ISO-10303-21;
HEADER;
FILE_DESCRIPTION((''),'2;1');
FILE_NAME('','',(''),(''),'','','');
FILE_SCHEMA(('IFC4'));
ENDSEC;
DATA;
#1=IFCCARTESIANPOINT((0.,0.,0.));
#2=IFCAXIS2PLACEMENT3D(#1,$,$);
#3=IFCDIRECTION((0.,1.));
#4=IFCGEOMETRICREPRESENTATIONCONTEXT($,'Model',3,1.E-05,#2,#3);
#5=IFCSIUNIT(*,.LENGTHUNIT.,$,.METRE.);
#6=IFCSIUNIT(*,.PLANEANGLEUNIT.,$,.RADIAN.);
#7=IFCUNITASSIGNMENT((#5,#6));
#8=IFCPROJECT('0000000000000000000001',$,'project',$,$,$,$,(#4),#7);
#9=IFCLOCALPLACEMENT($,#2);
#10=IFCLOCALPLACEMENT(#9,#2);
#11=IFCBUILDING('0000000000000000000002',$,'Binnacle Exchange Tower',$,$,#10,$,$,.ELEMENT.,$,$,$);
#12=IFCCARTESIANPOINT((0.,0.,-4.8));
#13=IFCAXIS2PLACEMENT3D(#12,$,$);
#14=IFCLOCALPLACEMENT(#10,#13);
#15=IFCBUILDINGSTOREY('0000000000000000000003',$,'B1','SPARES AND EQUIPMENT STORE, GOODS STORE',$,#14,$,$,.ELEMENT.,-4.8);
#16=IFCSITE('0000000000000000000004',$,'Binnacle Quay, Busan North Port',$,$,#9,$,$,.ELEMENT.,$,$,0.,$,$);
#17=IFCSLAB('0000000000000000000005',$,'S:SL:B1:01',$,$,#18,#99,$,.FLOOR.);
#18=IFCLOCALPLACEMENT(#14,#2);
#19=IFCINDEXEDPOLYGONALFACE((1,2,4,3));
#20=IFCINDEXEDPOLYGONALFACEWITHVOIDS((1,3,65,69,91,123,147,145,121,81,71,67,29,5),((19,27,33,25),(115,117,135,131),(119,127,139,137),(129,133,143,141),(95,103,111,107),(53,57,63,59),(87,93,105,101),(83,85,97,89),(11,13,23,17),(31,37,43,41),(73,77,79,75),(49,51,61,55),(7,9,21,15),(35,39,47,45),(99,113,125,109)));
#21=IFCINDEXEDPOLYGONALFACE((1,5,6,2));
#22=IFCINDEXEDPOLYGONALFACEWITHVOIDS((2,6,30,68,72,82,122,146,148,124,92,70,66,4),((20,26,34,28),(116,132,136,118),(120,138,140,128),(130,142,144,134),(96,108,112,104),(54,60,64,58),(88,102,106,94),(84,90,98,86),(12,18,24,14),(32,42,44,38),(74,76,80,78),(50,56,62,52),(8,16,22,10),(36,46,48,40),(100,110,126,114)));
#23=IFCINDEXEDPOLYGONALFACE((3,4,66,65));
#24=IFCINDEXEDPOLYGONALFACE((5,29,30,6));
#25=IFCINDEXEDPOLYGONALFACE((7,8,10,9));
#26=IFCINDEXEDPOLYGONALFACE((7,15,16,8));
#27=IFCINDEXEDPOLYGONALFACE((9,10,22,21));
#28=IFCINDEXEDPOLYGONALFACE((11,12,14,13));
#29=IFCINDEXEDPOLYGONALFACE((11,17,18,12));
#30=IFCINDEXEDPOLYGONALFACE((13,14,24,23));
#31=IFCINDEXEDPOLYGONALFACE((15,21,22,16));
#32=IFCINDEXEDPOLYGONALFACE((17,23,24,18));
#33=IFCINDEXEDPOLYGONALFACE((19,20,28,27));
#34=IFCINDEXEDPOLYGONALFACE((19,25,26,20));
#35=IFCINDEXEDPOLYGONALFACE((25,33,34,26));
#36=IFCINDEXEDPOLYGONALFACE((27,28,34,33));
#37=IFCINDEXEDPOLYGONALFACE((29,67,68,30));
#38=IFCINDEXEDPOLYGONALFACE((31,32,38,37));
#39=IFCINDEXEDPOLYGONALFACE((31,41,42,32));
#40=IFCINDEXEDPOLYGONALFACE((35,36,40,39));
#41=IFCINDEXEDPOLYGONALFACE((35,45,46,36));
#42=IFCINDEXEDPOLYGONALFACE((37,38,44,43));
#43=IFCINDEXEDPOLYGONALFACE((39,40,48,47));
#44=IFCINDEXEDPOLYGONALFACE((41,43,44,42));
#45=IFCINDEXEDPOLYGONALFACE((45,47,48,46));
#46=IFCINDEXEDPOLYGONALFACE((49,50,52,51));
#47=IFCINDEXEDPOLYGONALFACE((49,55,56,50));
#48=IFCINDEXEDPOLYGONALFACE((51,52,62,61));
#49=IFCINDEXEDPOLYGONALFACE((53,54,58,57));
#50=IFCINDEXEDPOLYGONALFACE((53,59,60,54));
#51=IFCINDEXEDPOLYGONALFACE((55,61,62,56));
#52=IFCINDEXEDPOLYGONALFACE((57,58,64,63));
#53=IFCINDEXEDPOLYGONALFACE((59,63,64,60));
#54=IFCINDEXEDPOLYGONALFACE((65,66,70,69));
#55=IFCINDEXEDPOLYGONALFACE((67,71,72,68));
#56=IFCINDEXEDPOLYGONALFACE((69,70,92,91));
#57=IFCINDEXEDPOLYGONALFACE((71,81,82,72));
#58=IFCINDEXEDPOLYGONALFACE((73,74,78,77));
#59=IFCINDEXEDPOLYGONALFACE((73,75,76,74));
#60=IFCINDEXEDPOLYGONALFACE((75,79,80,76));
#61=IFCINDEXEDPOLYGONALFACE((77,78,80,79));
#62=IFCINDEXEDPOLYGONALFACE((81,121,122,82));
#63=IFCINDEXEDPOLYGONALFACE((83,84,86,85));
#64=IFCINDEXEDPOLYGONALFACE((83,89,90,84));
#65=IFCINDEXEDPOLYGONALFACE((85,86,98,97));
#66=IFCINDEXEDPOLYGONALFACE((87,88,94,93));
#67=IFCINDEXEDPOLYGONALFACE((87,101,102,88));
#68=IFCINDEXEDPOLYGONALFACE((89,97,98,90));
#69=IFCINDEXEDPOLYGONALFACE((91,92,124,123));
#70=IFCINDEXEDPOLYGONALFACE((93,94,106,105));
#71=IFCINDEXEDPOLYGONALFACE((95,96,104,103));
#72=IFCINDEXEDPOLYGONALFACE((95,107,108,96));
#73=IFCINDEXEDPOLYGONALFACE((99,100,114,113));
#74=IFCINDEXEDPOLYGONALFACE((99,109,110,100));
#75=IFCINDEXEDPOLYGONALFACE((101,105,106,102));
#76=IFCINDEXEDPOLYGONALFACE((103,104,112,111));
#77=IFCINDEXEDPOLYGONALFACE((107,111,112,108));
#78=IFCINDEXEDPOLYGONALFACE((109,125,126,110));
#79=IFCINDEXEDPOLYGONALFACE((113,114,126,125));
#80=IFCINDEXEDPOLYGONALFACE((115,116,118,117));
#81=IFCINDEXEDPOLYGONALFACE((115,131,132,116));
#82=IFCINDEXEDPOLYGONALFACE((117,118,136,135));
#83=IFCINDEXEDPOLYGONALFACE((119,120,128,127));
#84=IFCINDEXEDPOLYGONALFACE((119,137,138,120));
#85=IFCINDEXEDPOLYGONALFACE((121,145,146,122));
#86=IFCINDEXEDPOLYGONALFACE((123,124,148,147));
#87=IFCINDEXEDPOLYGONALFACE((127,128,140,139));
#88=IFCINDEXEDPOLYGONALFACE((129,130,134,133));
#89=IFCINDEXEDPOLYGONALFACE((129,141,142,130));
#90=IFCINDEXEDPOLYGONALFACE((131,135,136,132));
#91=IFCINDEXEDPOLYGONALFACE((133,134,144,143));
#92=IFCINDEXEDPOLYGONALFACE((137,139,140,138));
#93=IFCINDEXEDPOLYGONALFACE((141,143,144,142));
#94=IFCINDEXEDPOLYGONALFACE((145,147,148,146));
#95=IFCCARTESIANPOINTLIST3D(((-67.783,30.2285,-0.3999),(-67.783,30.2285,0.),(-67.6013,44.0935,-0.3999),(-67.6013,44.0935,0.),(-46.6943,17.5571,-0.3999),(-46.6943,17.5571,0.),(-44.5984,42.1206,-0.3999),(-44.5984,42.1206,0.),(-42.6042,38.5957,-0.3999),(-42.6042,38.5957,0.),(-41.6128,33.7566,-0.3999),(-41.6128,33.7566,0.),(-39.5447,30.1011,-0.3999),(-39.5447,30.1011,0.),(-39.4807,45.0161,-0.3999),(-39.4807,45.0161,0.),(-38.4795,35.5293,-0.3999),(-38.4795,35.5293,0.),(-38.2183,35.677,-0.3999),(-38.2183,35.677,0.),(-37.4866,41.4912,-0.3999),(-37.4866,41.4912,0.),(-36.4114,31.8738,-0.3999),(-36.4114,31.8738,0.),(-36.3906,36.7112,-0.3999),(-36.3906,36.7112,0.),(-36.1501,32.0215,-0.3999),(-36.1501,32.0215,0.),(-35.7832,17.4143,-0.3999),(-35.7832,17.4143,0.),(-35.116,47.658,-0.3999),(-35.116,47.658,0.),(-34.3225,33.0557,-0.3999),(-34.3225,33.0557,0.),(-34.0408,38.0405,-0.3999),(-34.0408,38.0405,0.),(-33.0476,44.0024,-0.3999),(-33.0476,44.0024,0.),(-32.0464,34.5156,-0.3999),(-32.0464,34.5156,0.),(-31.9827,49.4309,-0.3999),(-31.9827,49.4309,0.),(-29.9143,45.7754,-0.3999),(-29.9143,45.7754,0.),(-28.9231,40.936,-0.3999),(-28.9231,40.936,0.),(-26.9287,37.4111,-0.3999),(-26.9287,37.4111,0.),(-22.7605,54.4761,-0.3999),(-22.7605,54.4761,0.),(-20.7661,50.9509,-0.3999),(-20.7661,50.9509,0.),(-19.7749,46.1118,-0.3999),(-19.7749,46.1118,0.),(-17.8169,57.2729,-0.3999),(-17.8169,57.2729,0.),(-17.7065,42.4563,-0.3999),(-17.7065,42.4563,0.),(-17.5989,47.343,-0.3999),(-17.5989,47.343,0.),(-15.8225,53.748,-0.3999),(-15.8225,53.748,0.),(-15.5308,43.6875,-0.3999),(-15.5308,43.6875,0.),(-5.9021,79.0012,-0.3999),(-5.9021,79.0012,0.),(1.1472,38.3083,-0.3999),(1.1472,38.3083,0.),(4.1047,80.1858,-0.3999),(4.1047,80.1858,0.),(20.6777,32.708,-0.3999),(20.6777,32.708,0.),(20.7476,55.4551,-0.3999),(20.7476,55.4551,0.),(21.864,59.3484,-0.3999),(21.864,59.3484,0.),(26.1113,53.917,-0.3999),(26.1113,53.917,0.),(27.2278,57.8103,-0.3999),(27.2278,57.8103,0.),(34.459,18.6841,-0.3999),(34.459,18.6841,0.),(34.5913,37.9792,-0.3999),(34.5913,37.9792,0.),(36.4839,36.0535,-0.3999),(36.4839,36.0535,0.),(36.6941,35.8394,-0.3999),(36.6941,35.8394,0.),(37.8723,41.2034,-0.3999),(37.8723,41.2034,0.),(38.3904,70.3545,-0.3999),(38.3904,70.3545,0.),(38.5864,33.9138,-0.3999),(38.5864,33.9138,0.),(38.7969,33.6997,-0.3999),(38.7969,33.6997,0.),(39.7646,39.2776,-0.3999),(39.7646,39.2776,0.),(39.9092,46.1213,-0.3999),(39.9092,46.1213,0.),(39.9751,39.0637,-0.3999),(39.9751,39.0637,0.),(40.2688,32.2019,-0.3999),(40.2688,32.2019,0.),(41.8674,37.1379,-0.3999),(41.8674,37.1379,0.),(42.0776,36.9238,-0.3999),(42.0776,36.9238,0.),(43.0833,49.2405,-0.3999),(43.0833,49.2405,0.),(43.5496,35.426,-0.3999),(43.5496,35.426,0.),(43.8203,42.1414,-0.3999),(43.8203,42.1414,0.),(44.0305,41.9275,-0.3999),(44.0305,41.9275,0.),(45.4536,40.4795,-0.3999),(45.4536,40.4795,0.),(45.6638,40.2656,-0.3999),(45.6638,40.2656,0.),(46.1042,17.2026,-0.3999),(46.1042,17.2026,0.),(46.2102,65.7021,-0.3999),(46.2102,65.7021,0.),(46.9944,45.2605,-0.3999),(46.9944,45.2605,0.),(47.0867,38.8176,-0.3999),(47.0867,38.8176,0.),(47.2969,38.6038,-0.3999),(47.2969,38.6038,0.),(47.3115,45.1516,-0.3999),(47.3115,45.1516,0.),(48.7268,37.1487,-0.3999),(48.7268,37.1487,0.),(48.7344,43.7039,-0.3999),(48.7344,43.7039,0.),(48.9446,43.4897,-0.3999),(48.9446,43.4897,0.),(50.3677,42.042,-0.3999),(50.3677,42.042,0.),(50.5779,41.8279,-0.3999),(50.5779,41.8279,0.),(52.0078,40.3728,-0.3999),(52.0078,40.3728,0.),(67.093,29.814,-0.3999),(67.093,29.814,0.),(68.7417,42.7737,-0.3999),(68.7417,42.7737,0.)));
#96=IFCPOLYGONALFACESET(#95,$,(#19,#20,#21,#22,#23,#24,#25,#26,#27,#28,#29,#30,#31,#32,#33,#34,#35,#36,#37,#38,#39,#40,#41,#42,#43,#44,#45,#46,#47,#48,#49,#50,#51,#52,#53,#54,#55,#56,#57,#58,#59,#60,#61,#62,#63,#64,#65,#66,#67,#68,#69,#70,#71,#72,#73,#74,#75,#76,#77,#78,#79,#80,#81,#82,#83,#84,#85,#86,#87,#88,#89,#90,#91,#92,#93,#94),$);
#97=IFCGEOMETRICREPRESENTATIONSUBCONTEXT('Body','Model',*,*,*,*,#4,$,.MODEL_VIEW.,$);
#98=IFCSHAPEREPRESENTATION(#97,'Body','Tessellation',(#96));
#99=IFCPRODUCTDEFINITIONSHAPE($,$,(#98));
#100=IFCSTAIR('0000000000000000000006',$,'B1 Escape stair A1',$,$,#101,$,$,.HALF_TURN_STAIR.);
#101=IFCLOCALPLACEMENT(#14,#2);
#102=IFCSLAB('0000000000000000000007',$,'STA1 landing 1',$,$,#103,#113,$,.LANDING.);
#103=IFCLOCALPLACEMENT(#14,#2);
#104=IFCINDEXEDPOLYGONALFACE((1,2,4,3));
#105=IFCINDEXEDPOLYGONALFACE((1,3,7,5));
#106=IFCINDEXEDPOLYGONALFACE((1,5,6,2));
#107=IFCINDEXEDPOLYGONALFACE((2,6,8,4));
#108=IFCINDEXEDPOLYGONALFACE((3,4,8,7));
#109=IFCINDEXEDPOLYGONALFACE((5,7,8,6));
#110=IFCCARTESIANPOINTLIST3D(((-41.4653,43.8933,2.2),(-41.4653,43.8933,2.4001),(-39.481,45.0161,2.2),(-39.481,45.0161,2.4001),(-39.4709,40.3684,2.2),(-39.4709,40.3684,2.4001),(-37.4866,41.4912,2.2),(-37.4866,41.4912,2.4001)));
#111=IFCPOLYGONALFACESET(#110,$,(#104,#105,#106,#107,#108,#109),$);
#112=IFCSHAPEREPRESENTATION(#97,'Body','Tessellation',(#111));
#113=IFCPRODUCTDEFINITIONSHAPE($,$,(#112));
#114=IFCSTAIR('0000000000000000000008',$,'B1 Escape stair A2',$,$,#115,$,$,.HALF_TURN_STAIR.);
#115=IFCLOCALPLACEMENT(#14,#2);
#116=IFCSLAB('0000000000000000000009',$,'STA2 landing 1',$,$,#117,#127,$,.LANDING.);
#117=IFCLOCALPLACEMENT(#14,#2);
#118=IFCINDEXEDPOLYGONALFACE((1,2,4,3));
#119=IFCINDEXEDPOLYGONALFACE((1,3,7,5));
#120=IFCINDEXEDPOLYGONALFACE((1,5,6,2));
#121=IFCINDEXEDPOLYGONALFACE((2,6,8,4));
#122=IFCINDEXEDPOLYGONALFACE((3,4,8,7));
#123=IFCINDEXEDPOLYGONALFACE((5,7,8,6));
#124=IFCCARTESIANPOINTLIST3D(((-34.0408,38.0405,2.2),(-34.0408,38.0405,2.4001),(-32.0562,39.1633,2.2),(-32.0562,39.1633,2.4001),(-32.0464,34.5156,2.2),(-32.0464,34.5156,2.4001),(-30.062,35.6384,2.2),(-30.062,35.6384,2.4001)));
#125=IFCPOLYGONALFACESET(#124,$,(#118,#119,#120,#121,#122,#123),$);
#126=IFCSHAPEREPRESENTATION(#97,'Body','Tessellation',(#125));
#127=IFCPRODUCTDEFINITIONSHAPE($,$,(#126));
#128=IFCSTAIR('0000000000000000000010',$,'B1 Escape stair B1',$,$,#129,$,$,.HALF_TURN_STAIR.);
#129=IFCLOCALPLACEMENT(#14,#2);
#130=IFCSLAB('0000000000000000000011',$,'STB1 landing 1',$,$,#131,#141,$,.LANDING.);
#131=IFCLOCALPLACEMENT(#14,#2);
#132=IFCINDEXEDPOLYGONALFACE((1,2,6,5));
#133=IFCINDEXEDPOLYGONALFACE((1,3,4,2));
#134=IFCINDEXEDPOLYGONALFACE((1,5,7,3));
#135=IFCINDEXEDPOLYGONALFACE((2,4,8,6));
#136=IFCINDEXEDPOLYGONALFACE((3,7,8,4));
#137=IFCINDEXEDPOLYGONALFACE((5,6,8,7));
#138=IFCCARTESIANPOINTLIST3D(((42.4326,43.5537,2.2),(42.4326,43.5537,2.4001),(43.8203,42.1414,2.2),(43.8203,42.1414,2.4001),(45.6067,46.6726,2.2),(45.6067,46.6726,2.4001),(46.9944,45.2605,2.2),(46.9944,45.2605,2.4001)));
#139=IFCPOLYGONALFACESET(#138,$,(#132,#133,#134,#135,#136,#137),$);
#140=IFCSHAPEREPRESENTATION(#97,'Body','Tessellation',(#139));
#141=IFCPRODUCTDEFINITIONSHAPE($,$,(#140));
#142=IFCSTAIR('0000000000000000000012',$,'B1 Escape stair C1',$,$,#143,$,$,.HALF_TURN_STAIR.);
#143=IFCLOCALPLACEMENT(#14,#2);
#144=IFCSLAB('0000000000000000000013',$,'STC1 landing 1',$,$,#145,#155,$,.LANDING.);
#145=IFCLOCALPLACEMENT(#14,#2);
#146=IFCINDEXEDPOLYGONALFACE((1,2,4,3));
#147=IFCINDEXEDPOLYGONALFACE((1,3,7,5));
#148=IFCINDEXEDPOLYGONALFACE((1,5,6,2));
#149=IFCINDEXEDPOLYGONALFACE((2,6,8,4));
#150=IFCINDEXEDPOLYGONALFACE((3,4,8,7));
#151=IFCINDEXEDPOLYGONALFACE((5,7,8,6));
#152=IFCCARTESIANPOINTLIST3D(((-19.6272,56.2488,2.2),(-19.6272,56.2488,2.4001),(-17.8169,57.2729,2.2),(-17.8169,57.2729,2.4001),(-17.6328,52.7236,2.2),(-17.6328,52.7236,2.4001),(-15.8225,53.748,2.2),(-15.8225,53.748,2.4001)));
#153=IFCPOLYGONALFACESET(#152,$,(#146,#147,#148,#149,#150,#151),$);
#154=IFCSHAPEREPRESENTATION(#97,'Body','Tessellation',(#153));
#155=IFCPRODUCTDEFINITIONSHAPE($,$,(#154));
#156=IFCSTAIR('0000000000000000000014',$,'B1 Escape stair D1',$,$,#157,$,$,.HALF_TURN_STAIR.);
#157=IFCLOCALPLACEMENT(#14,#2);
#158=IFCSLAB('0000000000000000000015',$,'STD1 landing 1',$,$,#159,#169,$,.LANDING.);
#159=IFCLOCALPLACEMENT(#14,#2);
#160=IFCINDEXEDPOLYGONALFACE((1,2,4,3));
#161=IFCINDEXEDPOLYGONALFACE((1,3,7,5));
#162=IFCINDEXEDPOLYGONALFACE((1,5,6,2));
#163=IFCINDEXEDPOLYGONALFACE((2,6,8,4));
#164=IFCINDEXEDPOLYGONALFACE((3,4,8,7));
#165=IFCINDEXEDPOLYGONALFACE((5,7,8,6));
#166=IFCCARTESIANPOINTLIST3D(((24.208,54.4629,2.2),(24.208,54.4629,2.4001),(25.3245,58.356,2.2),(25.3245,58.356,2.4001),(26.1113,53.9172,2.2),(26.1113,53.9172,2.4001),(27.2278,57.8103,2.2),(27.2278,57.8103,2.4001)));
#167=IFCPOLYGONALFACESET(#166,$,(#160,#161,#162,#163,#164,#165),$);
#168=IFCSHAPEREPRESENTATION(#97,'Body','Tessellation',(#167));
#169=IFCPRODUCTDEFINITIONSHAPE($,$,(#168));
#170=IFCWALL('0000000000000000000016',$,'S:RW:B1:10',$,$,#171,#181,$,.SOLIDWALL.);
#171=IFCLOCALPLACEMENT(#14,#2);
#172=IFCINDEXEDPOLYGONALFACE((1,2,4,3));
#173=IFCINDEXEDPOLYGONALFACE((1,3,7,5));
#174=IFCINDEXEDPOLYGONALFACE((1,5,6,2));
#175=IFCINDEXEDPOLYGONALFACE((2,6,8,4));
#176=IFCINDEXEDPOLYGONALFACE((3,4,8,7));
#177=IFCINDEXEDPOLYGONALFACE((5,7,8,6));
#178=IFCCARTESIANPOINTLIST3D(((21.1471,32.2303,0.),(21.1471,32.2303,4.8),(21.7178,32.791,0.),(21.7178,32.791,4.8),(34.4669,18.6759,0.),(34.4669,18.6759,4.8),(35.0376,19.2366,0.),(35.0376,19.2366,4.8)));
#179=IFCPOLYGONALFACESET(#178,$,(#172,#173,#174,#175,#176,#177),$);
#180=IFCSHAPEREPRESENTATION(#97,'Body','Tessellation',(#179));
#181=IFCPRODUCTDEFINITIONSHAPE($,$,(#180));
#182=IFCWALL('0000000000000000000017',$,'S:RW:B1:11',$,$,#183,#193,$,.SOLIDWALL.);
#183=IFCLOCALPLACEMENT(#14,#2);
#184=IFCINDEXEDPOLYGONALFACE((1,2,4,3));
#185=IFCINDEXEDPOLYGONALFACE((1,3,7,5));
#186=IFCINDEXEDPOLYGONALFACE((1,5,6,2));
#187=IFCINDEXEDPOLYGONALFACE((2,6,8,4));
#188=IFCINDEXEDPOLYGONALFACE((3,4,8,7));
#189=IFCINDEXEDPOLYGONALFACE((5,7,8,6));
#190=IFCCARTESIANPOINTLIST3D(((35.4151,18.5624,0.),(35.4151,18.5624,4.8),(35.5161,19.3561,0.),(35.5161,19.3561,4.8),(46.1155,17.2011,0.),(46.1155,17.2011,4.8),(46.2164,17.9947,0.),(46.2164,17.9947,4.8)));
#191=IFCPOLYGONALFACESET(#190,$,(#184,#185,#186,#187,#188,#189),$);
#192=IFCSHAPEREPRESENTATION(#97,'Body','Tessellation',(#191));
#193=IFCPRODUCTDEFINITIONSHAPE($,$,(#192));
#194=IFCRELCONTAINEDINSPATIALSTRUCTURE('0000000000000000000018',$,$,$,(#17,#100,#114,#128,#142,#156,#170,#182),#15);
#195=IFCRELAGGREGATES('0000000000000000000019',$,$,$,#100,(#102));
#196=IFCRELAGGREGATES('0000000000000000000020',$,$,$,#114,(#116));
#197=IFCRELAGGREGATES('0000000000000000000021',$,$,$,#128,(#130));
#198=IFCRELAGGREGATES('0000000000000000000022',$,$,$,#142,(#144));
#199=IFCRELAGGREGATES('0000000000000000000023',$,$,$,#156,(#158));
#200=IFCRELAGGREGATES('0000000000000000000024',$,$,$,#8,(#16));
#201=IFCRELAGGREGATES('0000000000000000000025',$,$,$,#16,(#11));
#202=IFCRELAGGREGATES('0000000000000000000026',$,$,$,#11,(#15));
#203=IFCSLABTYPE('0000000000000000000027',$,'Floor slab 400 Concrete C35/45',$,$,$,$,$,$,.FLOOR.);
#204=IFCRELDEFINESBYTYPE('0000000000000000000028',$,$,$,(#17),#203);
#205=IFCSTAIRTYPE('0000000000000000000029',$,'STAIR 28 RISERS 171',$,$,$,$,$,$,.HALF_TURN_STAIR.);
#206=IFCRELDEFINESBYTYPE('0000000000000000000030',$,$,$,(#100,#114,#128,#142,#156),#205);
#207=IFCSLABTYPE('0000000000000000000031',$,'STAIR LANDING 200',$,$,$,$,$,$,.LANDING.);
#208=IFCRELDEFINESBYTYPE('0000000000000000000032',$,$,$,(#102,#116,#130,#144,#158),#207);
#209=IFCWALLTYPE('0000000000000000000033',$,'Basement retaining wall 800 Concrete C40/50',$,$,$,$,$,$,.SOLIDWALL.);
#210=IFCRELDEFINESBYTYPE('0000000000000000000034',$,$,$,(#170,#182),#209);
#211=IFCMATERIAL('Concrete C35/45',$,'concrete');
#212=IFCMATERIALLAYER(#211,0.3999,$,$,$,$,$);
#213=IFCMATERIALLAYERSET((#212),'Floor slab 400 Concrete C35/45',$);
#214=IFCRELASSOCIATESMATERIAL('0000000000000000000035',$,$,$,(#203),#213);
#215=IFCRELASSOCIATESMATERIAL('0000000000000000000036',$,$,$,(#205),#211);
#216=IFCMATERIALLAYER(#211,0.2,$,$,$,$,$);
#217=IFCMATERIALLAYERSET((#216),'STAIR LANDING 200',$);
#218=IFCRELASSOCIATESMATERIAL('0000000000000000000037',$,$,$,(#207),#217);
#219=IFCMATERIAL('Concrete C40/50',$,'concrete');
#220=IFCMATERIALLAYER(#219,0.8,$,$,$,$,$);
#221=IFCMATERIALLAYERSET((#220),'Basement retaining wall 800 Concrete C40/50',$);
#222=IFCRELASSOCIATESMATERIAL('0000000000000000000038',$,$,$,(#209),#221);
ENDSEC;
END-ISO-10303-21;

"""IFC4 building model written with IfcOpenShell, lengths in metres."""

from ifc_helpers import new_model, si_unit, direction, frame, frame_2d, origin, place, context, subcontext, project, spatial, polyline, rectangle, outline, extrude, material, layer, layer_set, type_object, element, aggregate, save


model = new_model("IFC4")

# Units and contexts
model_context = context("Model", 3, precision=1e-05, world=origin(), true_north=direction((0.0, 1.0)))
body_context = subcontext(model_context, "Body", "Model", "MODEL_VIEW")
ifc_project = project(units=[si_unit("LENGTHUNIT", "METRE"), si_unit("PLANEANGLEUNIT", "RADIAN")], contexts=[model_context])

# Site, building, storey
site_placement = place(None, origin())
site = spatial("IfcSite", under=ifc_project, at=site_placement, Name="Binnacle Quay, Busan North Port", CompositionType="ELEMENT", RefElevation=0.0)
building_placement = place(site_placement, origin())
building = spatial("IfcBuilding", under=site, at=building_placement, Name="Binnacle Exchange Tower", CompositionType="ELEMENT")
storey_placement = place(building_placement, frame((0.0, 0.0, -4.8)))
storey = spatial("IfcBuildingStorey", under=building, at=storey_placement, Name="B1", Description="SPARES AND EQUIPMENT STORE, GOODS STORE", CompositionType="ELEMENT", Elevation=-4.8)

# Slab
ifc_material_1 = material(Name="Concrete C35/45", Category="concrete")
ifc_layer_1 = layer(ifc_material_1, 0.3999)
ifc_layer_set_1 = layer_set([ifc_layer_1], Name="Floor slab 400 Concrete C35/45")
slab_type_1 = type_object("IfcSlabType", Name="Floor slab 400 Concrete C35/45", PredefinedType="FLOOR", material=ifc_layer_set_1)
slab_1_placement = place(storey_placement, frame((0.0, 0.0, -0.3999)))
element("IfcSlab", 1, at=slab_1_placement, inside=storey, type_object=slab_type_1, Name="S:SL:B1:01", PredefinedType="FLOOR", context=body_context, shape_type="SweptSolid", body=[
    extrude(outline(polyline([(68.7417, 42.7737), (67.093, 29.814), (46.1042, 17.2026), (34.459, 18.6841), (20.6777, 32.708), (1.1472, 38.3083), (-35.7832, 17.4143), (-46.6943, 17.5571), (-67.783, 30.2285), (-67.6013, 44.0935), (-5.9021, 79.0012), (4.1047, 80.1858), (38.3904, 70.3545), (46.2102, 65.7021), (68.7417, 42.7737)]), holes=[polyline([(-38.4795, 35.5293), (-41.6128, 33.7566), (-39.5447, 30.1011), (-36.4114, 31.8738), (-38.4795, 35.5293)]), polyline([(-34.3225, 33.0557), (-36.3906, 36.7112), (-38.2183, 35.677), (-36.1501, 32.0215), (-34.3225, 33.0557)]), polyline([(-34.0408, 38.0405), (-32.0464, 34.5156), (-26.9287, 37.4111), (-28.9231, 40.936), (-34.0408, 38.0405)]), polyline([(-37.4866, 41.4912), (-39.4807, 45.0161), (-44.5984, 42.1206), (-42.6042, 38.5957), (-37.4866, 41.4912)]), polyline([(-15.5308, 43.6875), (-17.5989, 47.343), (-19.7749, 46.1118), (-17.7065, 42.4563), (-15.5308, 43.6875)]), polyline([(-29.9143, 45.7754), (-31.9827, 49.4309), (-35.116, 47.658), (-33.0476, 44.0024), (-29.9143, 45.7754)]), polyline([(-15.8225, 53.748), (-17.8169, 57.2729), (-22.7605, 54.4761), (-20.7661, 50.9509), (-15.8225, 53.748)]), polyline([(26.1113, 53.917), (27.2278, 57.8103), (21.864, 59.3484), (20.7476, 55.4551), (26.1113, 53.917)]), polyline([(40.2688, 32.2019), (43.5496, 35.426), (42.0776, 36.9238), (38.7969, 33.6997), (40.2688, 32.2019)]), polyline([(38.5864, 33.9138), (41.8674, 37.1379), (39.9751, 39.0637), (36.6941, 35.8394), (38.5864, 33.9138)]), polyline([(36.4839, 36.0535), (39.7646, 39.2776), (37.8723, 41.2034), (34.5913, 37.9792), (36.4839, 36.0535)]), polyline([(48.7268, 37.1487), (52.0078, 40.3728), (50.5779, 41.8279), (47.2969, 38.6038), (48.7268, 37.1487)]), polyline([(47.0867, 38.8176), (50.3677, 42.042), (48.9446, 43.4897), (45.6638, 40.2656), (47.0867, 38.8176)]), polyline([(45.4536, 40.4795), (48.7344, 43.7039), (47.3115, 45.1516), (44.0305, 41.9275), (45.4536, 40.4795)]), polyline([(43.8203, 42.1414), (46.9944, 45.2605), (43.0833, 49.2405), (39.9092, 46.1213), (43.8203, 42.1414)])]), origin(), (0.0, 0.0, 1.0), 0.3999),
])

# Stairs, slabs
stair_type = type_object("IfcStairType", Name="STAIR 28 RISERS 171", PredefinedType="HALF_TURN_STAIR", material=ifc_material_1)
stair_1_placement = place(storey_placement, origin())
stair_1 = element("IfcStair", 2, at=stair_1_placement, inside=storey, type_object=stair_type, Name="B1 Escape stair A1", PredefinedType="HALF_TURN_STAIR")
ifc_layer_2 = layer(ifc_material_1, 0.2)
ifc_layer_set_2 = layer_set([ifc_layer_2], Name="STAIR LANDING 200")
slab_type_2 = type_object("IfcSlabType", Name="STAIR LANDING 200", PredefinedType="LANDING", material=ifc_layer_set_2)
slab_2_placement = place(storey_placement, frame((0.0, 0.0, 2.2)))
slab_2 = element("IfcSlab", 3, at=slab_2_placement, type_object=slab_type_2, Name="STA1 landing 1", PredefinedType="LANDING", context=body_context, shape_type="SweptSolid", body=[
    extrude(outline(polyline([(-39.4709, 40.3684), (-37.4866, 41.4912), (-39.481, 45.0161), (-41.4653, 43.8933), (-39.4709, 40.3684)])), origin(), (0.0, 0.0, 1.0), 0.2002),
])
aggregate(stair_1, [slab_2])
stair_2_placement = place(storey_placement, origin())
stair_2 = element("IfcStair", 4, at=stair_2_placement, inside=storey, type_object=stair_type, Name="B1 Escape stair A2", PredefinedType="HALF_TURN_STAIR")
slab_3_placement = place(storey_placement, frame((0.0, 0.0, 2.2)))
slab_3 = element("IfcSlab", 5, at=slab_3_placement, type_object=slab_type_2, Name="STA2 landing 1", PredefinedType="LANDING", context=body_context, shape_type="SweptSolid", body=[
    extrude(outline(polyline([(-32.0562, 39.1633), (-34.0408, 38.0405), (-32.0464, 34.5156), (-30.062, 35.6384), (-32.0562, 39.1633)])), origin(), (0.0, 0.0, 1.0), 0.2002),
])
aggregate(stair_2, [slab_3])
stair_3_placement = place(storey_placement, origin())
stair_3 = element("IfcStair", 6, at=stair_3_placement, inside=storey, type_object=stair_type, Name="B1 Escape stair B1", PredefinedType="HALF_TURN_STAIR")
slab_4_placement = place(storey_placement, frame((0.0, 0.0, 2.2)))
slab_4 = element("IfcSlab", 7, at=slab_4_placement, type_object=slab_type_2, Name="STB1 landing 1", PredefinedType="LANDING", context=body_context, shape_type="SweptSolid", body=[
    extrude(outline(polyline([(42.4326, 43.5537), (43.8203, 42.1414), (46.9944, 45.2605), (45.6067, 46.6726), (42.4326, 43.5537)])), origin(), (0.0, 0.0, 1.0), 0.2002),
])
aggregate(stair_3, [slab_4])
stair_4_placement = place(storey_placement, origin())
stair_4 = element("IfcStair", 8, at=stair_4_placement, inside=storey, type_object=stair_type, Name="B1 Escape stair C1", PredefinedType="HALF_TURN_STAIR")
slab_5_placement = place(storey_placement, frame((0.0, 0.0, 2.2)))
slab_5 = element("IfcSlab", 9, at=slab_5_placement, type_object=slab_type_2, Name="STC1 landing 1", PredefinedType="LANDING", context=body_context, shape_type="SweptSolid", body=[
    extrude(outline(polyline([(-17.6328, 52.7236), (-15.8225, 53.748), (-17.8169, 57.2729), (-19.6272, 56.2488), (-17.6328, 52.7236)])), origin(), (0.0, 0.0, 1.0), 0.2002),
])
aggregate(stair_4, [slab_5])
stair_5_placement = place(storey_placement, origin())
stair_5 = element("IfcStair", 10, at=stair_5_placement, inside=storey, type_object=stair_type, Name="B1 Escape stair D1", PredefinedType="HALF_TURN_STAIR")
slab_6_placement = place(storey_placement, frame((0.0, 0.0, 2.2)))
slab_6 = element("IfcSlab", 11, at=slab_6_placement, type_object=slab_type_2, Name="STD1 landing 1", PredefinedType="LANDING", context=body_context, shape_type="SweptSolid", body=[
    extrude(outline(polyline([(24.208, 54.4629), (26.1113, 53.9172), (27.2278, 57.8103), (25.3245, 58.356), (24.208, 54.4629)])), origin(), (0.0, 0.0, 1.0), 0.2002),
])
aggregate(stair_5, [slab_6])

# Walls
ifc_material_2 = material(Name="Concrete C40/50", Category="concrete")
ifc_layer_3 = layer(ifc_material_2, 0.8)
ifc_layer_set_3 = layer_set([ifc_layer_3], Name="Basement retaining wall 800 Concrete C40/50")
wall_type_1 = type_object("IfcWallType", Name="Basement retaining wall 800 Concrete C40/50", PredefinedType="SOLIDWALL", material=ifc_layer_set_3)
wall_1_placement = place(storey_placement, frame((21.4324, 32.5107, 0.0), z_axis=(0.0, 0.0, 1.0), x_axis=(0.700907, -0.713253, 0.0)))
element("IfcWall", 12, at=wall_1_placement, inside=storey, type_object=wall_type_1, Name="S:RW:B1:10", PredefinedType="SOLIDWALL", context=body_context, shape_type="SweptSolid", body=[
    extrude(rectangle(XDim=19.0037, YDim=0.8, at=frame_2d((9.502, 0.0))), origin(), (0.0, 0.0, 1.0), 4.8),
])
wall_2_placement = place(storey_placement, frame((35.4656, 18.9592, 0.0), z_axis=(0.0, 0.0, 1.0), x_axis=(0.992004, -0.126204, 0.0)))
element("IfcWall", 13, at=wall_2_placement, inside=storey, type_object=wall_type_1, Name="S:RW:B1:11", PredefinedType="SOLIDWALL", context=body_context, shape_type="SweptSolid", body=[
    extrude(rectangle(XDim=10.7866, YDim=0.8, at=frame_2d((5.3933, 0.0))), origin(), (0.0, 0.0, 1.0), 4.8),
])

save(model, "model.ifc")
